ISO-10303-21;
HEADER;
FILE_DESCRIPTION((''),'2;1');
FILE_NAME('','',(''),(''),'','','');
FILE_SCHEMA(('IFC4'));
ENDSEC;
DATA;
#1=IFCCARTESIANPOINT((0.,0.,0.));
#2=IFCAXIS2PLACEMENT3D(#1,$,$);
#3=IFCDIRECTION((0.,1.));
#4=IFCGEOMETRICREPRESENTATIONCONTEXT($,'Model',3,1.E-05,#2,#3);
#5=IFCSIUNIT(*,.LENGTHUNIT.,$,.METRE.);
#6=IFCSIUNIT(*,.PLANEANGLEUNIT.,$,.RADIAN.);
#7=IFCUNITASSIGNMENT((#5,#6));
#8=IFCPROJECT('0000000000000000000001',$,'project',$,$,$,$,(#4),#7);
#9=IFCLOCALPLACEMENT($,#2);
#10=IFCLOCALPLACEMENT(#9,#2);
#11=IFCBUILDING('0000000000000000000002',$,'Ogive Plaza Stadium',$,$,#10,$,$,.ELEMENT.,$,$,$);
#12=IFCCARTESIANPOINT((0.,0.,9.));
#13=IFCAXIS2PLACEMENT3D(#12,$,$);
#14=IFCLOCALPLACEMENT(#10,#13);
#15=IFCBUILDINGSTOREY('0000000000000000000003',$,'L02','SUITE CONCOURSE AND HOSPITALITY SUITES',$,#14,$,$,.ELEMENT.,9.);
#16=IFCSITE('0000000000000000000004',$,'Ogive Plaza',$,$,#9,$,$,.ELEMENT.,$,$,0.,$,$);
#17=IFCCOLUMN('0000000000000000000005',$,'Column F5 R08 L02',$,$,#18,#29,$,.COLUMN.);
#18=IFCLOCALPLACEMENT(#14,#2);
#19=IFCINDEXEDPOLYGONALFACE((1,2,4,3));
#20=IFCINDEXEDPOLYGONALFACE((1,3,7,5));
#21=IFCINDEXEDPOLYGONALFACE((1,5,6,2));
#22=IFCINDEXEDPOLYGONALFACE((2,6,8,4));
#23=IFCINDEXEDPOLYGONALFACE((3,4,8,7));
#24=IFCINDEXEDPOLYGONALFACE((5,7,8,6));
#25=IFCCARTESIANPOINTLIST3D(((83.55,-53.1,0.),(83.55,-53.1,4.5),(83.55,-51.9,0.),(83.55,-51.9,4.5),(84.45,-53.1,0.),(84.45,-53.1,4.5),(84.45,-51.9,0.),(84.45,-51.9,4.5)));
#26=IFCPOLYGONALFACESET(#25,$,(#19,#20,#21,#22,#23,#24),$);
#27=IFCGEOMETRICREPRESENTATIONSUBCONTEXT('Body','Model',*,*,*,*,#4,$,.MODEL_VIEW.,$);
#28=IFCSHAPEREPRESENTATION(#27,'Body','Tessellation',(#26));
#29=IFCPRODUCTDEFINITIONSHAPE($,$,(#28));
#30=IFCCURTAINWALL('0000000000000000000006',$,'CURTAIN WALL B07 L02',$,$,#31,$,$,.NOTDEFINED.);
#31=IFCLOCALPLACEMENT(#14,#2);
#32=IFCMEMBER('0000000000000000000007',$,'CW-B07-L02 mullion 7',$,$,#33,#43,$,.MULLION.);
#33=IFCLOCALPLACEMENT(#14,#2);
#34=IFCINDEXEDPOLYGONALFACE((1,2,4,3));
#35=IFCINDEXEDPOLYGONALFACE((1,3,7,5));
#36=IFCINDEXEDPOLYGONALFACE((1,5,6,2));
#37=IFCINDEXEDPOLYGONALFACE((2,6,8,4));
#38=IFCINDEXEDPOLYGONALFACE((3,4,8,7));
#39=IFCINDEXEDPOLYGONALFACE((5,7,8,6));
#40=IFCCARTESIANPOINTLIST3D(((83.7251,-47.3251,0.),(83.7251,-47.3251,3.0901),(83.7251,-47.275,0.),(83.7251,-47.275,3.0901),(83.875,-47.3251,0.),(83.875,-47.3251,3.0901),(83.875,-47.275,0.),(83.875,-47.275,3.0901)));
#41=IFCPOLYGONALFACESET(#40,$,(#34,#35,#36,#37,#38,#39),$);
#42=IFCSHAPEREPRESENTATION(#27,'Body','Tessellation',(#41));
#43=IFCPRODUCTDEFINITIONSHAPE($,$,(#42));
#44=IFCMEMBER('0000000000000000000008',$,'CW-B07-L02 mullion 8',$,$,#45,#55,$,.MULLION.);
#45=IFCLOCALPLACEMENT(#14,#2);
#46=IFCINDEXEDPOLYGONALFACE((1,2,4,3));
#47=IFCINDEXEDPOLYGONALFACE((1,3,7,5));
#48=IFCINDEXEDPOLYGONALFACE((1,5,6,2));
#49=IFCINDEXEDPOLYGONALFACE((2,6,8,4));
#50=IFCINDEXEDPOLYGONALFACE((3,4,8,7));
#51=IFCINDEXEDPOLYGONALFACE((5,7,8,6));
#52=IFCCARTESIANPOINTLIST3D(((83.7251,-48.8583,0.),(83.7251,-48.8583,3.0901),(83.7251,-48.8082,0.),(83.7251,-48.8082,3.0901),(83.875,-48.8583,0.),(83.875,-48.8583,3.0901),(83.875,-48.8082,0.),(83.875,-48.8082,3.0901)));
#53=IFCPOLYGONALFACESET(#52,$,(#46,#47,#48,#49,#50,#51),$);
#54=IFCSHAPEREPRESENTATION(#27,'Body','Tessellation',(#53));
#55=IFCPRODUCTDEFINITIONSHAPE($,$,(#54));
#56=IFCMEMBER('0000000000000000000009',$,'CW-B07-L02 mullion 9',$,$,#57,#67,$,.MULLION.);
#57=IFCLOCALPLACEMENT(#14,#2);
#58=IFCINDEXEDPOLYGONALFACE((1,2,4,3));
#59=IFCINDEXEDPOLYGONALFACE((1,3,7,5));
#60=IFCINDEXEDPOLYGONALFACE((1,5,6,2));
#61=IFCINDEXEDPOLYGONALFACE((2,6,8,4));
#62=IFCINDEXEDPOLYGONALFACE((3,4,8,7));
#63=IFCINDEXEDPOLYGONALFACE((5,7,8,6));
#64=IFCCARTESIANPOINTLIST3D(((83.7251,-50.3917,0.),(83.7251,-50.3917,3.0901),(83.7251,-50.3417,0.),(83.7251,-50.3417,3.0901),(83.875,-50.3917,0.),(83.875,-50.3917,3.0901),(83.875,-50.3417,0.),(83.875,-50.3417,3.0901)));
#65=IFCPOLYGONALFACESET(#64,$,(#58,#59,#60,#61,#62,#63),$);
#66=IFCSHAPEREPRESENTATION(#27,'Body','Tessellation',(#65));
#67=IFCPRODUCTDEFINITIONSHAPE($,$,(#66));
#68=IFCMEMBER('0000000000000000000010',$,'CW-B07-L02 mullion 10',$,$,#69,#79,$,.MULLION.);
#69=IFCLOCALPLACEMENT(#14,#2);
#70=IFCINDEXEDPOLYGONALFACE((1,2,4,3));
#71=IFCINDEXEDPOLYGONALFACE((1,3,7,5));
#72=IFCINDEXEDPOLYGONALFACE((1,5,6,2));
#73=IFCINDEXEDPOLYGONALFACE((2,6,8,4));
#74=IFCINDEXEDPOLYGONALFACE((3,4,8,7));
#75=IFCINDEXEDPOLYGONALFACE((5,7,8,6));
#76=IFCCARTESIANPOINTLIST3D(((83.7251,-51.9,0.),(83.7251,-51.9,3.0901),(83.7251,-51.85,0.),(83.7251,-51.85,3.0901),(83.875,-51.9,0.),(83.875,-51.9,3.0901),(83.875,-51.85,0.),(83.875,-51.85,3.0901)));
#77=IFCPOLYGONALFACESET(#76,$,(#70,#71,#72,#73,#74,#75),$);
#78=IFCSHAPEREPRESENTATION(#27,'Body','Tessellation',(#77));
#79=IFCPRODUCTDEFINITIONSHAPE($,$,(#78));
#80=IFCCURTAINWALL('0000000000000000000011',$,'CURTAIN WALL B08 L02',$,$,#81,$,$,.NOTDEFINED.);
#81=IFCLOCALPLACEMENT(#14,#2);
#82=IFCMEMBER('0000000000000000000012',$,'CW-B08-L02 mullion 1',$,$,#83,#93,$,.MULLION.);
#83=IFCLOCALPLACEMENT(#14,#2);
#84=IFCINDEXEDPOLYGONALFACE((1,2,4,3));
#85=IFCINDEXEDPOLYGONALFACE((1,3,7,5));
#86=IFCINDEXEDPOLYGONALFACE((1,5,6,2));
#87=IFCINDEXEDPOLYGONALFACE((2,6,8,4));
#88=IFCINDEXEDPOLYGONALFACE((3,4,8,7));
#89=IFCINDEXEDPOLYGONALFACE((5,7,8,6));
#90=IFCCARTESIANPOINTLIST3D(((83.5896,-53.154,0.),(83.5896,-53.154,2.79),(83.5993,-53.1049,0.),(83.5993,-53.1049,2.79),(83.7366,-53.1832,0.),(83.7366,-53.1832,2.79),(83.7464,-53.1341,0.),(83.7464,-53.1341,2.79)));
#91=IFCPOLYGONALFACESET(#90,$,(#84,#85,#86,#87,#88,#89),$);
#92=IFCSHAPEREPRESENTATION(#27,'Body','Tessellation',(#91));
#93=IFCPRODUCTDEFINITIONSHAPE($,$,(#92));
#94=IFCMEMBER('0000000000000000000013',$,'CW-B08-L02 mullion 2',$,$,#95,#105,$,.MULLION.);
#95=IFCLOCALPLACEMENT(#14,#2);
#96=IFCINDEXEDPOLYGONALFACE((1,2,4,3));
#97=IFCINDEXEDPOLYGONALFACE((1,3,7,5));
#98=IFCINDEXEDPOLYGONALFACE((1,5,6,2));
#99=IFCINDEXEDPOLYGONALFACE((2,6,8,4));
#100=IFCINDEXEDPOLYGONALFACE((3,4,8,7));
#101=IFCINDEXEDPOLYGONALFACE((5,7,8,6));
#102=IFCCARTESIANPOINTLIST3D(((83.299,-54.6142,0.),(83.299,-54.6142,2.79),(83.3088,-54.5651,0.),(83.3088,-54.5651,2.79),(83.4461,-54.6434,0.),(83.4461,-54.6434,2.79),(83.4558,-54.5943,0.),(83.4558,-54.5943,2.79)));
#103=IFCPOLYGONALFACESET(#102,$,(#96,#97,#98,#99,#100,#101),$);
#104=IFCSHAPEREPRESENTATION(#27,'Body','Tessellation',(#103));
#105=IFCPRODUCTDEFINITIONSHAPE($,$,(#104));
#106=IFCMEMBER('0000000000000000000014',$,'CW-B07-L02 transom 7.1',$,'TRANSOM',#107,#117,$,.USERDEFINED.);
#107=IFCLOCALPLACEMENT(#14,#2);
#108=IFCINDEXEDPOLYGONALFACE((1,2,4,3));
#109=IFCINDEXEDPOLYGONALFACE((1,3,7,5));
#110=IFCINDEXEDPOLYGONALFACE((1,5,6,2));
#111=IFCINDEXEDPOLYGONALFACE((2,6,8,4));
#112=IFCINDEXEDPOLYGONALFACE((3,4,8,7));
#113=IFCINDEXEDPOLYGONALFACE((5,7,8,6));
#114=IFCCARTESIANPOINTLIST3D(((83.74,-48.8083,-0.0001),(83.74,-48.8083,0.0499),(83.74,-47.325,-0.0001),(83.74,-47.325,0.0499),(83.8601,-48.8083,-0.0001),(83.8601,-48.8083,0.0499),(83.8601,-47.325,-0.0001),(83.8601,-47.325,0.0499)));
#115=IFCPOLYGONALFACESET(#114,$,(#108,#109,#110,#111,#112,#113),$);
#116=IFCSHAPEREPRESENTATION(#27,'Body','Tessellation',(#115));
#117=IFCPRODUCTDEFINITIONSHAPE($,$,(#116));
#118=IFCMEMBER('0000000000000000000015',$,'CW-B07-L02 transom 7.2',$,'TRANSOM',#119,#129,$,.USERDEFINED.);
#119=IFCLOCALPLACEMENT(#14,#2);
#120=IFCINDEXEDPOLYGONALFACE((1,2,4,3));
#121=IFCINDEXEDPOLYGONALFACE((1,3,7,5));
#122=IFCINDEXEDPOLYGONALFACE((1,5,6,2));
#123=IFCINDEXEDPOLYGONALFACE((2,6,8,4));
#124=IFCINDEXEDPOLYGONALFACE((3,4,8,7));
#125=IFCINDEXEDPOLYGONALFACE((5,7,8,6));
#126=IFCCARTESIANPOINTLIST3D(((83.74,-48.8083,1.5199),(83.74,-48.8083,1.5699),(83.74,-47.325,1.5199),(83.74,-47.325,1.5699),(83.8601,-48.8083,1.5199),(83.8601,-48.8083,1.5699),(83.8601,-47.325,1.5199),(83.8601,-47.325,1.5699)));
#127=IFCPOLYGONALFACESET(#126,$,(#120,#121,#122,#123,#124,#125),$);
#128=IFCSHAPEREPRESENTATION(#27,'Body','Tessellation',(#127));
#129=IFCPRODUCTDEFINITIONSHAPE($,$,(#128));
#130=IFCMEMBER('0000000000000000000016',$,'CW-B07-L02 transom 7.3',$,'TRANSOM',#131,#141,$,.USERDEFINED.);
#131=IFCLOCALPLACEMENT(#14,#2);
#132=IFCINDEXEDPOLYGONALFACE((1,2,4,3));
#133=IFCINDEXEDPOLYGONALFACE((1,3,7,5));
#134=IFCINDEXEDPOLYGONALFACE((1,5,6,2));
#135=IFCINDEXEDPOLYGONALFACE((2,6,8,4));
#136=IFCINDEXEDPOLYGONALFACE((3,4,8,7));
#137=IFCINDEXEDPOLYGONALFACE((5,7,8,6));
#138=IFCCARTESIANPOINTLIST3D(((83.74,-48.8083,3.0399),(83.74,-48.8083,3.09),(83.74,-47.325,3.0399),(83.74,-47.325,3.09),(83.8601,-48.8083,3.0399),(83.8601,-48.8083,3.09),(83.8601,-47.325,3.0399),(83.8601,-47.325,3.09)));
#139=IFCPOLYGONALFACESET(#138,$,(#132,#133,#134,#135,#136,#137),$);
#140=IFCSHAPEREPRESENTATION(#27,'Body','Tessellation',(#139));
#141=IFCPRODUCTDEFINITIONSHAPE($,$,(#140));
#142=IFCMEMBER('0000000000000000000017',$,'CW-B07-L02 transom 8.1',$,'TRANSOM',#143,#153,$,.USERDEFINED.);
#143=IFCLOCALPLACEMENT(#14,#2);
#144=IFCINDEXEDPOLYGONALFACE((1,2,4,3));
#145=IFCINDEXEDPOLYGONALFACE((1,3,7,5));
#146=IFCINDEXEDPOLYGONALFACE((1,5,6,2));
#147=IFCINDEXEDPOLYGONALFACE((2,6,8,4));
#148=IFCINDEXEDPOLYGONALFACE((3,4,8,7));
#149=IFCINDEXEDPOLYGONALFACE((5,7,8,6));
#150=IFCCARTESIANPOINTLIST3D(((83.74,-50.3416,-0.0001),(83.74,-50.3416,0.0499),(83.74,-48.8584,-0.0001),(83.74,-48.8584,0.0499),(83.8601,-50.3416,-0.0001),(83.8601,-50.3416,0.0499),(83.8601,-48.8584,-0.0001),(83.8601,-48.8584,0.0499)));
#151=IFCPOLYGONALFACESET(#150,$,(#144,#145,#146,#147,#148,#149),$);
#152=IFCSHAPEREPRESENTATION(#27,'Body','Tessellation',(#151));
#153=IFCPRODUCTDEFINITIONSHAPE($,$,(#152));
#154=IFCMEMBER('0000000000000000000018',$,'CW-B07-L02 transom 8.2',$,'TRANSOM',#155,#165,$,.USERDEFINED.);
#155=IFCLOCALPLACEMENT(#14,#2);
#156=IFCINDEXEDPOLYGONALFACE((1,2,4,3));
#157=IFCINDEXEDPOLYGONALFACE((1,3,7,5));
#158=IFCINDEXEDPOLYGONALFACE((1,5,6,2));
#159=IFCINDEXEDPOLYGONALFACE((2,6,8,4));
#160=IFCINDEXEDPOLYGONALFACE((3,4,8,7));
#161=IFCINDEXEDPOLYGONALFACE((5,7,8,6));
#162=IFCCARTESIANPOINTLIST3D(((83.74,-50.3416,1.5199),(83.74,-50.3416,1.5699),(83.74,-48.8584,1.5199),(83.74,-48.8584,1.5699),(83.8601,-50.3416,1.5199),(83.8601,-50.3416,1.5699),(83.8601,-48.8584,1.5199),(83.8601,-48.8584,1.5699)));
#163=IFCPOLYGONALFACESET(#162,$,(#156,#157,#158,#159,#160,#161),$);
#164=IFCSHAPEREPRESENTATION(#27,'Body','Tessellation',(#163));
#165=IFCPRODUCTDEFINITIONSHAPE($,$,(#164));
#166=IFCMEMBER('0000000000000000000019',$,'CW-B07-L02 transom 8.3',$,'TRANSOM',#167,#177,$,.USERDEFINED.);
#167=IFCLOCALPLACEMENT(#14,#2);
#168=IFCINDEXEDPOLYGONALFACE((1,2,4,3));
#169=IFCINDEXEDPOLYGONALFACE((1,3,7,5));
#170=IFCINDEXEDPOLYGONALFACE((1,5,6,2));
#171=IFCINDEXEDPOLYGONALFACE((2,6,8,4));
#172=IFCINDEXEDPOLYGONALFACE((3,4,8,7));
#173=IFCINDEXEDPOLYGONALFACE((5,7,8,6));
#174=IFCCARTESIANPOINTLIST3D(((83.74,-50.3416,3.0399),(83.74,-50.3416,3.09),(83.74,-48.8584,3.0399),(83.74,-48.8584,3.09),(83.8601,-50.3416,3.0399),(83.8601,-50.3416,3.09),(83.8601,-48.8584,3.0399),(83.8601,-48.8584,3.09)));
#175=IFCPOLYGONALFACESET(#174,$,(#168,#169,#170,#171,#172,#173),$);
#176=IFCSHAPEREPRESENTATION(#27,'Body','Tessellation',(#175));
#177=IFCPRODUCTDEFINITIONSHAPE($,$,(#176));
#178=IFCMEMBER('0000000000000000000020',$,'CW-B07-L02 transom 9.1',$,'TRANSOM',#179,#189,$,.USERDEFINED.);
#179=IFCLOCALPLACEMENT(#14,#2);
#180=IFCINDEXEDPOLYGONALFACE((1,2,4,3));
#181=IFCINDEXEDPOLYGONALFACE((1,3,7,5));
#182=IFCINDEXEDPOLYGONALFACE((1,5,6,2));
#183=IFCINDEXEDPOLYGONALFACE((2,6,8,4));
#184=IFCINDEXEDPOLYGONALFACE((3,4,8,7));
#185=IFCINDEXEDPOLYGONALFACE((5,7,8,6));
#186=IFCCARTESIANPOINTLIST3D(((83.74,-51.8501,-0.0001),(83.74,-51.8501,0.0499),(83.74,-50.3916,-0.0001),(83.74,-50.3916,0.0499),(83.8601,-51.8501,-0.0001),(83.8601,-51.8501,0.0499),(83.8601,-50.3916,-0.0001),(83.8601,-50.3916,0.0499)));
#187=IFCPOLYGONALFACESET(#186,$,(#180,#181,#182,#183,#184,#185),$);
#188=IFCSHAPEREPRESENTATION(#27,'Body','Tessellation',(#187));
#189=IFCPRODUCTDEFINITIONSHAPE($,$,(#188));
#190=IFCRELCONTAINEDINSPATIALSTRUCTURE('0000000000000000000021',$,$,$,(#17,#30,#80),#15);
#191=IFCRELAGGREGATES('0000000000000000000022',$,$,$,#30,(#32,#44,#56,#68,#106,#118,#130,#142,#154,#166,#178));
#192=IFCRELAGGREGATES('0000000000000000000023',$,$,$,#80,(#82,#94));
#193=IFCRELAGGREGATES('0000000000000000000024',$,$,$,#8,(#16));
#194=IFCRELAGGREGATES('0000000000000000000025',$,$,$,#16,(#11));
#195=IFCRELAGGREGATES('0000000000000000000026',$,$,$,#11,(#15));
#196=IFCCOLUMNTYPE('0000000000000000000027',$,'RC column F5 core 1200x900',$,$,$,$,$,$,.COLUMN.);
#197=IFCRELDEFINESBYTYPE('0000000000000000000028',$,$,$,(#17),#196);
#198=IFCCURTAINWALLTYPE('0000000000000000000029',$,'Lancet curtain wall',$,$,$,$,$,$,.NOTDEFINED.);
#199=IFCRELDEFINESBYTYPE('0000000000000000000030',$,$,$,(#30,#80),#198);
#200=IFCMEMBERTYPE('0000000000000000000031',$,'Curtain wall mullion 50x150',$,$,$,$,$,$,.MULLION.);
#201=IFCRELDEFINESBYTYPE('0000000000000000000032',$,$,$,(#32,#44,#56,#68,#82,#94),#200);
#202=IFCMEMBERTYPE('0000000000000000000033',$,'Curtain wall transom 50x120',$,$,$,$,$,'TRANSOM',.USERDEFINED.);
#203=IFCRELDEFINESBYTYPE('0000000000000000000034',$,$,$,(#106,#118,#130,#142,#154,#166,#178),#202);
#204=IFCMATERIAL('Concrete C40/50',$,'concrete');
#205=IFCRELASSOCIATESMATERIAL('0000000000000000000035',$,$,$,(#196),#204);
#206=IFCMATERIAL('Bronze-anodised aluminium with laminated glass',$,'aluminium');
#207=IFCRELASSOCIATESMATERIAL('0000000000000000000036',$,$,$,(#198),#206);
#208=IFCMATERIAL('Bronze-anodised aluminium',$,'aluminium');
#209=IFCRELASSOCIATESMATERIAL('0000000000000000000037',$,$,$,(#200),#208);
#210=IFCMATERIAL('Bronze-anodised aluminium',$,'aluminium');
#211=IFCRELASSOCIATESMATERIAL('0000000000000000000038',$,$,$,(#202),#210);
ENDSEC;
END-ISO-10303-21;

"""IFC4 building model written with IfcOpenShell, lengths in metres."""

from ifc_helpers import new_model, si_unit, direction, frame, origin, origin_2d, place, context, subcontext, project, spatial, rectangle, extrude, material, material_profile, profile_set, type_object, element, aggregate, save


model = new_model("IFC4")

# Units and contexts
model_context = context("Model", 3, precision=1e-05, world=origin(), true_north=direction((0.0, 1.0)))
body_context = subcontext(model_context, "Body", "Model", "MODEL_VIEW")
ifc_project = project(units=[si_unit("LENGTHUNIT", "METRE"), si_unit("PLANEANGLEUNIT", "RADIAN")], contexts=[model_context])

# Site, building, storey
site_placement = place(None, origin())
site = spatial("IfcSite", under=ifc_project, at=site_placement, Name="Ogive Plaza", CompositionType="ELEMENT", RefElevation=0.0)
building_placement = place(site_placement, origin())
building = spatial("IfcBuilding", under=site, at=building_placement, Name="Ogive Plaza Stadium", CompositionType="ELEMENT")
storey_placement = place(building_placement, frame((0.0, 0.0, 9.0)))
storey = spatial("IfcBuildingStorey", under=building, at=storey_placement, Name="L02", Description="SUITE CONCOURSE AND HOSPITALITY SUITES", CompositionType="ELEMENT", Elevation=9.0)

# Column
ifc_material_1 = material(Name="Concrete C40/50", Category="concrete")
ifc_material_profile_1 = material_profile(ifc_material_1, rectangle(XDim=1.2, YDim=0.8999, at=origin_2d()), Name="RC 1200x900")
ifc_profile_set_1 = profile_set([ifc_material_profile_1], Name="Concrete C40/50")
column_type = type_object("IfcColumnType", Name="RC column F5 core 1200x900", PredefinedType="COLUMN", material=ifc_profile_set_1)
column_placement = place(storey_placement, frame((84.0, -52.5, 0.0), z_axis=(0.0, 0.0, 1.0), x_axis=(0.0, 1.0, 0.0)))
element("IfcColumn", 1, at=column_placement, inside=storey, type_object=column_type, Name="Column F5 R08 L02", PredefinedType="COLUMN", context=body_context, shape_type="SweptSolid", body=[
    extrude(rectangle(XDim=1.2, YDim=0.8999, at=origin_2d()), origin(), (0.0, 0.0, 1.0), 4.5),
])

# Curtain walls, members
ifc_material_2 = material(Name="Bronze-anodised aluminium with laminated glass", Category="aluminium")
curtain_wall_type = type_object("IfcCurtainWallType", Name="Lancet curtain wall", PredefinedType="NOTDEFINED", material=ifc_material_2)
curtain_wall_1_placement = place(storey_placement, origin())
curtain_wall_1 = element("IfcCurtainWall", 2, at=curtain_wall_1_placement, inside=storey, type_object=curtain_wall_type, Name="CURTAIN WALL B07 L02", PredefinedType="NOTDEFINED")
ifc_material_3 = material(Name="Bronze-anodised aluminium", Category="aluminium")
ifc_material_profile_2 = material_profile(ifc_material_3, rectangle(XDim=0.1499, YDim=0.05, at=origin_2d()), Name="AL 150x50")
ifc_profile_set_2 = profile_set([ifc_material_profile_2], Name="Bronze-anodised aluminium")
member_type_1 = type_object("IfcMemberType", Name="Curtain wall mullion 50x150", PredefinedType="MULLION", material=ifc_profile_set_2)
member_1_placement = place(storey_placement, frame((83.8, -47.3, 0.0), z_axis=(0.0, 0.0, 1.0), x_axis=(1.0, 0.0, 0.0)))
member_1 = element("IfcMember", 3, at=member_1_placement, type_object=member_type_1, Name="CW-B07-L02 mullion 7", PredefinedType="MULLION", context=body_context, shape_type="SweptSolid", body=[
    extrude(rectangle(XDim=0.1499, YDim=0.05, at=origin_2d()), origin(), (0.0, 0.0, 1.0), 3.0901),
])
member_2_placement = place(storey_placement, frame((83.8, -48.8333, 0.0), z_axis=(0.0, 0.0, 1.0), x_axis=(1.0, 0.0, 0.0)))
member_2 = element("IfcMember", 4, at=member_2_placement, type_object=member_type_1, Name="CW-B07-L02 mullion 8", PredefinedType="MULLION", context=body_context, shape_type="SweptSolid", body=[
    extrude(rectangle(XDim=0.1499, YDim=0.05, at=origin_2d()), origin(), (0.0, 0.0, 1.0), 3.0901),
])
member_3_placement = place(storey_placement, frame((83.8, -50.3667, 0.0), z_axis=(0.0, 0.0, 1.0), x_axis=(1.0, 0.0, 0.0)))
member_3 = element("IfcMember", 5, at=member_3_placement, type_object=member_type_1, Name="CW-B07-L02 mullion 9", PredefinedType="MULLION", context=body_context, shape_type="SweptSolid", body=[
    extrude(rectangle(XDim=0.1499, YDim=0.05, at=origin_2d()), origin(), (0.0, 0.0, 1.0), 3.0901),
])
member_4_placement = place(storey_placement, frame((83.8, -51.875, 0.0), z_axis=(0.0, 0.0, 1.0), x_axis=(1.0, 0.0, 0.0)))
member_4 = element("IfcMember", 6, at=member_4_placement, type_object=member_type_1, Name="CW-B07-L02 mullion 10", PredefinedType="MULLION", context=body_context, shape_type="SweptSolid", body=[
    extrude(rectangle(XDim=0.1499, YDim=0.05, at=origin_2d()), origin(), (0.0, 0.0, 1.0), 3.0901),
])
curtain_wall_2_placement = place(storey_placement, origin())
curtain_wall_2 = element("IfcCurtainWall", 7, at=curtain_wall_2_placement, inside=storey, type_object=curtain_wall_type, Name="CURTAIN WALL B08 L02", PredefinedType="NOTDEFINED")
member_5_placement = place(storey_placement, frame((83.668, -53.144, 0.0), z_axis=(0.0, 0.0, 1.0), x_axis=(0.980785, -0.19509, 0.0)))
member_5 = element("IfcMember", 8, at=member_5_placement, type_object=member_type_1, Name="CW-B08-L02 mullion 1", PredefinedType="MULLION", context=body_context, shape_type="SweptSolid", body=[
    extrude(rectangle(XDim=0.1499, YDim=0.05, at=origin_2d()), origin(), (0.0, 0.0, 1.0), 2.79),
])
member_6_placement = place(storey_placement, frame((83.3774, -54.6042, 0.0), z_axis=(0.0, 0.0, 1.0), x_axis=(0.980785, -0.19509, 0.0)))
member_6 = element("IfcMember", 9, at=member_6_placement, type_object=member_type_1, Name="CW-B08-L02 mullion 2", PredefinedType="MULLION", context=body_context, shape_type="SweptSolid", body=[
    extrude(rectangle(XDim=0.1499, YDim=0.05, at=origin_2d()), origin(), (0.0, 0.0, 1.0), 2.79),
])

# Members
ifc_material_4 = material(Name="Bronze-anodised aluminium", Category="aluminium")
ifc_material_profile_3 = material_profile(ifc_material_4, rectangle(XDim=0.1201, YDim=0.05, at=origin_2d()), Name="AL 120x50")
ifc_profile_set_3 = profile_set([ifc_material_profile_3], Name="Bronze-anodised aluminium")
member_type_2 = type_object("IfcMemberType", Name="Curtain wall transom 50x120", ElementType="TRANSOM", PredefinedType="USERDEFINED", material=ifc_profile_set_3)
member_7_placement = place(storey_placement, frame((83.8, -47.325, 0.0249), z_axis=(0.0, -1.0, 0.0), x_axis=(1.0, 0.0, 0.0)))
member_7 = element("IfcMember", 10, at=member_7_placement, type_object=member_type_2, Name="CW-B07-L02 transom 7.1", ObjectType="TRANSOM", PredefinedType="USERDEFINED", context=body_context, shape_type="SweptSolid", body=[
    extrude(rectangle(XDim=0.1201, YDim=0.05, at=origin_2d()), origin(), (0.0, 0.0, 1.0), 1.4834),
])
member_8_placement = place(storey_placement, frame((83.8, -47.325, 1.5449), z_axis=(0.0, -1.0, 0.0), x_axis=(1.0, 0.0, 0.0)))
member_8 = element("IfcMember", 11, at=member_8_placement, type_object=member_type_2, Name="CW-B07-L02 transom 7.2", ObjectType="TRANSOM", PredefinedType="USERDEFINED", context=body_context, shape_type="SweptSolid", body=[
    extrude(rectangle(XDim=0.1201, YDim=0.05, at=origin_2d()), origin(), (0.0, 0.0, 1.0), 1.4834),
])
member_9_placement = place(storey_placement, frame((83.8, -47.325, 3.0649), z_axis=(0.0, -1.0, 0.0), x_axis=(1.0, 0.0, 0.0)))
member_9 = element("IfcMember", 12, at=member_9_placement, type_object=member_type_2, Name="CW-B07-L02 transom 7.3", ObjectType="TRANSOM", PredefinedType="USERDEFINED", context=body_context, shape_type="SweptSolid", body=[
    extrude(rectangle(XDim=0.1201, YDim=0.05, at=origin_2d()), origin(), (0.0, 0.0, 1.0), 1.4834),
])
member_10_placement = place(storey_placement, frame((83.8, -48.8584, 0.0249), z_axis=(0.0, -1.0, 0.0), x_axis=(1.0, 0.0, 0.0)))
member_10 = element("IfcMember", 13, at=member_10_placement, type_object=member_type_2, Name="CW-B07-L02 transom 8.1", ObjectType="TRANSOM", PredefinedType="USERDEFINED", context=body_context, shape_type="SweptSolid", body=[
    extrude(rectangle(XDim=0.1201, YDim=0.05, at=origin_2d()), origin(), (0.0, 0.0, 1.0), 1.4832),
])
member_11_placement = place(storey_placement, frame((83.8, -48.8584, 1.5449), z_axis=(0.0, -1.0, 0.0), x_axis=(1.0, 0.0, 0.0)))
member_11 = element("IfcMember", 14, at=member_11_placement, type_object=member_type_2, Name="CW-B07-L02 transom 8.2", ObjectType="TRANSOM", PredefinedType="USERDEFINED", context=body_context, shape_type="SweptSolid", body=[
    extrude(rectangle(XDim=0.1201, YDim=0.05, at=origin_2d()), origin(), (0.0, 0.0, 1.0), 1.4832),
])
member_12_placement = place(storey_placement, frame((83.8, -48.8584, 3.0649), z_axis=(0.0, -1.0, 0.0), x_axis=(1.0, 0.0, 0.0)))
member_12 = element("IfcMember", 15, at=member_12_placement, type_object=member_type_2, Name="CW-B07-L02 transom 8.3", ObjectType="TRANSOM", PredefinedType="USERDEFINED", context=body_context, shape_type="SweptSolid", body=[
    extrude(rectangle(XDim=0.1201, YDim=0.05, at=origin_2d()), origin(), (0.0, 0.0, 1.0), 1.4832),
])
member_13_placement = place(storey_placement, frame((83.8, -50.3916, 0.0249), z_axis=(0.0, -1.0, 0.0), x_axis=(1.0, 0.0, 0.0)))
member_13 = element("IfcMember", 16, at=member_13_placement, type_object=member_type_2, Name="CW-B07-L02 transom 9.1", ObjectType="TRANSOM", PredefinedType="USERDEFINED", context=body_context, shape_type="SweptSolid", body=[
    extrude(rectangle(XDim=0.1201, YDim=0.05, at=origin_2d()), origin(), (0.0, 0.0, 1.0), 1.4585),
])

aggregate(curtain_wall_1, [member_1, member_2, member_3, member_4, member_7, member_8, member_9, member_10, member_11, member_12, member_13])
aggregate(curtain_wall_2, [member_5, member_6])

save(model, "model.ifc")
